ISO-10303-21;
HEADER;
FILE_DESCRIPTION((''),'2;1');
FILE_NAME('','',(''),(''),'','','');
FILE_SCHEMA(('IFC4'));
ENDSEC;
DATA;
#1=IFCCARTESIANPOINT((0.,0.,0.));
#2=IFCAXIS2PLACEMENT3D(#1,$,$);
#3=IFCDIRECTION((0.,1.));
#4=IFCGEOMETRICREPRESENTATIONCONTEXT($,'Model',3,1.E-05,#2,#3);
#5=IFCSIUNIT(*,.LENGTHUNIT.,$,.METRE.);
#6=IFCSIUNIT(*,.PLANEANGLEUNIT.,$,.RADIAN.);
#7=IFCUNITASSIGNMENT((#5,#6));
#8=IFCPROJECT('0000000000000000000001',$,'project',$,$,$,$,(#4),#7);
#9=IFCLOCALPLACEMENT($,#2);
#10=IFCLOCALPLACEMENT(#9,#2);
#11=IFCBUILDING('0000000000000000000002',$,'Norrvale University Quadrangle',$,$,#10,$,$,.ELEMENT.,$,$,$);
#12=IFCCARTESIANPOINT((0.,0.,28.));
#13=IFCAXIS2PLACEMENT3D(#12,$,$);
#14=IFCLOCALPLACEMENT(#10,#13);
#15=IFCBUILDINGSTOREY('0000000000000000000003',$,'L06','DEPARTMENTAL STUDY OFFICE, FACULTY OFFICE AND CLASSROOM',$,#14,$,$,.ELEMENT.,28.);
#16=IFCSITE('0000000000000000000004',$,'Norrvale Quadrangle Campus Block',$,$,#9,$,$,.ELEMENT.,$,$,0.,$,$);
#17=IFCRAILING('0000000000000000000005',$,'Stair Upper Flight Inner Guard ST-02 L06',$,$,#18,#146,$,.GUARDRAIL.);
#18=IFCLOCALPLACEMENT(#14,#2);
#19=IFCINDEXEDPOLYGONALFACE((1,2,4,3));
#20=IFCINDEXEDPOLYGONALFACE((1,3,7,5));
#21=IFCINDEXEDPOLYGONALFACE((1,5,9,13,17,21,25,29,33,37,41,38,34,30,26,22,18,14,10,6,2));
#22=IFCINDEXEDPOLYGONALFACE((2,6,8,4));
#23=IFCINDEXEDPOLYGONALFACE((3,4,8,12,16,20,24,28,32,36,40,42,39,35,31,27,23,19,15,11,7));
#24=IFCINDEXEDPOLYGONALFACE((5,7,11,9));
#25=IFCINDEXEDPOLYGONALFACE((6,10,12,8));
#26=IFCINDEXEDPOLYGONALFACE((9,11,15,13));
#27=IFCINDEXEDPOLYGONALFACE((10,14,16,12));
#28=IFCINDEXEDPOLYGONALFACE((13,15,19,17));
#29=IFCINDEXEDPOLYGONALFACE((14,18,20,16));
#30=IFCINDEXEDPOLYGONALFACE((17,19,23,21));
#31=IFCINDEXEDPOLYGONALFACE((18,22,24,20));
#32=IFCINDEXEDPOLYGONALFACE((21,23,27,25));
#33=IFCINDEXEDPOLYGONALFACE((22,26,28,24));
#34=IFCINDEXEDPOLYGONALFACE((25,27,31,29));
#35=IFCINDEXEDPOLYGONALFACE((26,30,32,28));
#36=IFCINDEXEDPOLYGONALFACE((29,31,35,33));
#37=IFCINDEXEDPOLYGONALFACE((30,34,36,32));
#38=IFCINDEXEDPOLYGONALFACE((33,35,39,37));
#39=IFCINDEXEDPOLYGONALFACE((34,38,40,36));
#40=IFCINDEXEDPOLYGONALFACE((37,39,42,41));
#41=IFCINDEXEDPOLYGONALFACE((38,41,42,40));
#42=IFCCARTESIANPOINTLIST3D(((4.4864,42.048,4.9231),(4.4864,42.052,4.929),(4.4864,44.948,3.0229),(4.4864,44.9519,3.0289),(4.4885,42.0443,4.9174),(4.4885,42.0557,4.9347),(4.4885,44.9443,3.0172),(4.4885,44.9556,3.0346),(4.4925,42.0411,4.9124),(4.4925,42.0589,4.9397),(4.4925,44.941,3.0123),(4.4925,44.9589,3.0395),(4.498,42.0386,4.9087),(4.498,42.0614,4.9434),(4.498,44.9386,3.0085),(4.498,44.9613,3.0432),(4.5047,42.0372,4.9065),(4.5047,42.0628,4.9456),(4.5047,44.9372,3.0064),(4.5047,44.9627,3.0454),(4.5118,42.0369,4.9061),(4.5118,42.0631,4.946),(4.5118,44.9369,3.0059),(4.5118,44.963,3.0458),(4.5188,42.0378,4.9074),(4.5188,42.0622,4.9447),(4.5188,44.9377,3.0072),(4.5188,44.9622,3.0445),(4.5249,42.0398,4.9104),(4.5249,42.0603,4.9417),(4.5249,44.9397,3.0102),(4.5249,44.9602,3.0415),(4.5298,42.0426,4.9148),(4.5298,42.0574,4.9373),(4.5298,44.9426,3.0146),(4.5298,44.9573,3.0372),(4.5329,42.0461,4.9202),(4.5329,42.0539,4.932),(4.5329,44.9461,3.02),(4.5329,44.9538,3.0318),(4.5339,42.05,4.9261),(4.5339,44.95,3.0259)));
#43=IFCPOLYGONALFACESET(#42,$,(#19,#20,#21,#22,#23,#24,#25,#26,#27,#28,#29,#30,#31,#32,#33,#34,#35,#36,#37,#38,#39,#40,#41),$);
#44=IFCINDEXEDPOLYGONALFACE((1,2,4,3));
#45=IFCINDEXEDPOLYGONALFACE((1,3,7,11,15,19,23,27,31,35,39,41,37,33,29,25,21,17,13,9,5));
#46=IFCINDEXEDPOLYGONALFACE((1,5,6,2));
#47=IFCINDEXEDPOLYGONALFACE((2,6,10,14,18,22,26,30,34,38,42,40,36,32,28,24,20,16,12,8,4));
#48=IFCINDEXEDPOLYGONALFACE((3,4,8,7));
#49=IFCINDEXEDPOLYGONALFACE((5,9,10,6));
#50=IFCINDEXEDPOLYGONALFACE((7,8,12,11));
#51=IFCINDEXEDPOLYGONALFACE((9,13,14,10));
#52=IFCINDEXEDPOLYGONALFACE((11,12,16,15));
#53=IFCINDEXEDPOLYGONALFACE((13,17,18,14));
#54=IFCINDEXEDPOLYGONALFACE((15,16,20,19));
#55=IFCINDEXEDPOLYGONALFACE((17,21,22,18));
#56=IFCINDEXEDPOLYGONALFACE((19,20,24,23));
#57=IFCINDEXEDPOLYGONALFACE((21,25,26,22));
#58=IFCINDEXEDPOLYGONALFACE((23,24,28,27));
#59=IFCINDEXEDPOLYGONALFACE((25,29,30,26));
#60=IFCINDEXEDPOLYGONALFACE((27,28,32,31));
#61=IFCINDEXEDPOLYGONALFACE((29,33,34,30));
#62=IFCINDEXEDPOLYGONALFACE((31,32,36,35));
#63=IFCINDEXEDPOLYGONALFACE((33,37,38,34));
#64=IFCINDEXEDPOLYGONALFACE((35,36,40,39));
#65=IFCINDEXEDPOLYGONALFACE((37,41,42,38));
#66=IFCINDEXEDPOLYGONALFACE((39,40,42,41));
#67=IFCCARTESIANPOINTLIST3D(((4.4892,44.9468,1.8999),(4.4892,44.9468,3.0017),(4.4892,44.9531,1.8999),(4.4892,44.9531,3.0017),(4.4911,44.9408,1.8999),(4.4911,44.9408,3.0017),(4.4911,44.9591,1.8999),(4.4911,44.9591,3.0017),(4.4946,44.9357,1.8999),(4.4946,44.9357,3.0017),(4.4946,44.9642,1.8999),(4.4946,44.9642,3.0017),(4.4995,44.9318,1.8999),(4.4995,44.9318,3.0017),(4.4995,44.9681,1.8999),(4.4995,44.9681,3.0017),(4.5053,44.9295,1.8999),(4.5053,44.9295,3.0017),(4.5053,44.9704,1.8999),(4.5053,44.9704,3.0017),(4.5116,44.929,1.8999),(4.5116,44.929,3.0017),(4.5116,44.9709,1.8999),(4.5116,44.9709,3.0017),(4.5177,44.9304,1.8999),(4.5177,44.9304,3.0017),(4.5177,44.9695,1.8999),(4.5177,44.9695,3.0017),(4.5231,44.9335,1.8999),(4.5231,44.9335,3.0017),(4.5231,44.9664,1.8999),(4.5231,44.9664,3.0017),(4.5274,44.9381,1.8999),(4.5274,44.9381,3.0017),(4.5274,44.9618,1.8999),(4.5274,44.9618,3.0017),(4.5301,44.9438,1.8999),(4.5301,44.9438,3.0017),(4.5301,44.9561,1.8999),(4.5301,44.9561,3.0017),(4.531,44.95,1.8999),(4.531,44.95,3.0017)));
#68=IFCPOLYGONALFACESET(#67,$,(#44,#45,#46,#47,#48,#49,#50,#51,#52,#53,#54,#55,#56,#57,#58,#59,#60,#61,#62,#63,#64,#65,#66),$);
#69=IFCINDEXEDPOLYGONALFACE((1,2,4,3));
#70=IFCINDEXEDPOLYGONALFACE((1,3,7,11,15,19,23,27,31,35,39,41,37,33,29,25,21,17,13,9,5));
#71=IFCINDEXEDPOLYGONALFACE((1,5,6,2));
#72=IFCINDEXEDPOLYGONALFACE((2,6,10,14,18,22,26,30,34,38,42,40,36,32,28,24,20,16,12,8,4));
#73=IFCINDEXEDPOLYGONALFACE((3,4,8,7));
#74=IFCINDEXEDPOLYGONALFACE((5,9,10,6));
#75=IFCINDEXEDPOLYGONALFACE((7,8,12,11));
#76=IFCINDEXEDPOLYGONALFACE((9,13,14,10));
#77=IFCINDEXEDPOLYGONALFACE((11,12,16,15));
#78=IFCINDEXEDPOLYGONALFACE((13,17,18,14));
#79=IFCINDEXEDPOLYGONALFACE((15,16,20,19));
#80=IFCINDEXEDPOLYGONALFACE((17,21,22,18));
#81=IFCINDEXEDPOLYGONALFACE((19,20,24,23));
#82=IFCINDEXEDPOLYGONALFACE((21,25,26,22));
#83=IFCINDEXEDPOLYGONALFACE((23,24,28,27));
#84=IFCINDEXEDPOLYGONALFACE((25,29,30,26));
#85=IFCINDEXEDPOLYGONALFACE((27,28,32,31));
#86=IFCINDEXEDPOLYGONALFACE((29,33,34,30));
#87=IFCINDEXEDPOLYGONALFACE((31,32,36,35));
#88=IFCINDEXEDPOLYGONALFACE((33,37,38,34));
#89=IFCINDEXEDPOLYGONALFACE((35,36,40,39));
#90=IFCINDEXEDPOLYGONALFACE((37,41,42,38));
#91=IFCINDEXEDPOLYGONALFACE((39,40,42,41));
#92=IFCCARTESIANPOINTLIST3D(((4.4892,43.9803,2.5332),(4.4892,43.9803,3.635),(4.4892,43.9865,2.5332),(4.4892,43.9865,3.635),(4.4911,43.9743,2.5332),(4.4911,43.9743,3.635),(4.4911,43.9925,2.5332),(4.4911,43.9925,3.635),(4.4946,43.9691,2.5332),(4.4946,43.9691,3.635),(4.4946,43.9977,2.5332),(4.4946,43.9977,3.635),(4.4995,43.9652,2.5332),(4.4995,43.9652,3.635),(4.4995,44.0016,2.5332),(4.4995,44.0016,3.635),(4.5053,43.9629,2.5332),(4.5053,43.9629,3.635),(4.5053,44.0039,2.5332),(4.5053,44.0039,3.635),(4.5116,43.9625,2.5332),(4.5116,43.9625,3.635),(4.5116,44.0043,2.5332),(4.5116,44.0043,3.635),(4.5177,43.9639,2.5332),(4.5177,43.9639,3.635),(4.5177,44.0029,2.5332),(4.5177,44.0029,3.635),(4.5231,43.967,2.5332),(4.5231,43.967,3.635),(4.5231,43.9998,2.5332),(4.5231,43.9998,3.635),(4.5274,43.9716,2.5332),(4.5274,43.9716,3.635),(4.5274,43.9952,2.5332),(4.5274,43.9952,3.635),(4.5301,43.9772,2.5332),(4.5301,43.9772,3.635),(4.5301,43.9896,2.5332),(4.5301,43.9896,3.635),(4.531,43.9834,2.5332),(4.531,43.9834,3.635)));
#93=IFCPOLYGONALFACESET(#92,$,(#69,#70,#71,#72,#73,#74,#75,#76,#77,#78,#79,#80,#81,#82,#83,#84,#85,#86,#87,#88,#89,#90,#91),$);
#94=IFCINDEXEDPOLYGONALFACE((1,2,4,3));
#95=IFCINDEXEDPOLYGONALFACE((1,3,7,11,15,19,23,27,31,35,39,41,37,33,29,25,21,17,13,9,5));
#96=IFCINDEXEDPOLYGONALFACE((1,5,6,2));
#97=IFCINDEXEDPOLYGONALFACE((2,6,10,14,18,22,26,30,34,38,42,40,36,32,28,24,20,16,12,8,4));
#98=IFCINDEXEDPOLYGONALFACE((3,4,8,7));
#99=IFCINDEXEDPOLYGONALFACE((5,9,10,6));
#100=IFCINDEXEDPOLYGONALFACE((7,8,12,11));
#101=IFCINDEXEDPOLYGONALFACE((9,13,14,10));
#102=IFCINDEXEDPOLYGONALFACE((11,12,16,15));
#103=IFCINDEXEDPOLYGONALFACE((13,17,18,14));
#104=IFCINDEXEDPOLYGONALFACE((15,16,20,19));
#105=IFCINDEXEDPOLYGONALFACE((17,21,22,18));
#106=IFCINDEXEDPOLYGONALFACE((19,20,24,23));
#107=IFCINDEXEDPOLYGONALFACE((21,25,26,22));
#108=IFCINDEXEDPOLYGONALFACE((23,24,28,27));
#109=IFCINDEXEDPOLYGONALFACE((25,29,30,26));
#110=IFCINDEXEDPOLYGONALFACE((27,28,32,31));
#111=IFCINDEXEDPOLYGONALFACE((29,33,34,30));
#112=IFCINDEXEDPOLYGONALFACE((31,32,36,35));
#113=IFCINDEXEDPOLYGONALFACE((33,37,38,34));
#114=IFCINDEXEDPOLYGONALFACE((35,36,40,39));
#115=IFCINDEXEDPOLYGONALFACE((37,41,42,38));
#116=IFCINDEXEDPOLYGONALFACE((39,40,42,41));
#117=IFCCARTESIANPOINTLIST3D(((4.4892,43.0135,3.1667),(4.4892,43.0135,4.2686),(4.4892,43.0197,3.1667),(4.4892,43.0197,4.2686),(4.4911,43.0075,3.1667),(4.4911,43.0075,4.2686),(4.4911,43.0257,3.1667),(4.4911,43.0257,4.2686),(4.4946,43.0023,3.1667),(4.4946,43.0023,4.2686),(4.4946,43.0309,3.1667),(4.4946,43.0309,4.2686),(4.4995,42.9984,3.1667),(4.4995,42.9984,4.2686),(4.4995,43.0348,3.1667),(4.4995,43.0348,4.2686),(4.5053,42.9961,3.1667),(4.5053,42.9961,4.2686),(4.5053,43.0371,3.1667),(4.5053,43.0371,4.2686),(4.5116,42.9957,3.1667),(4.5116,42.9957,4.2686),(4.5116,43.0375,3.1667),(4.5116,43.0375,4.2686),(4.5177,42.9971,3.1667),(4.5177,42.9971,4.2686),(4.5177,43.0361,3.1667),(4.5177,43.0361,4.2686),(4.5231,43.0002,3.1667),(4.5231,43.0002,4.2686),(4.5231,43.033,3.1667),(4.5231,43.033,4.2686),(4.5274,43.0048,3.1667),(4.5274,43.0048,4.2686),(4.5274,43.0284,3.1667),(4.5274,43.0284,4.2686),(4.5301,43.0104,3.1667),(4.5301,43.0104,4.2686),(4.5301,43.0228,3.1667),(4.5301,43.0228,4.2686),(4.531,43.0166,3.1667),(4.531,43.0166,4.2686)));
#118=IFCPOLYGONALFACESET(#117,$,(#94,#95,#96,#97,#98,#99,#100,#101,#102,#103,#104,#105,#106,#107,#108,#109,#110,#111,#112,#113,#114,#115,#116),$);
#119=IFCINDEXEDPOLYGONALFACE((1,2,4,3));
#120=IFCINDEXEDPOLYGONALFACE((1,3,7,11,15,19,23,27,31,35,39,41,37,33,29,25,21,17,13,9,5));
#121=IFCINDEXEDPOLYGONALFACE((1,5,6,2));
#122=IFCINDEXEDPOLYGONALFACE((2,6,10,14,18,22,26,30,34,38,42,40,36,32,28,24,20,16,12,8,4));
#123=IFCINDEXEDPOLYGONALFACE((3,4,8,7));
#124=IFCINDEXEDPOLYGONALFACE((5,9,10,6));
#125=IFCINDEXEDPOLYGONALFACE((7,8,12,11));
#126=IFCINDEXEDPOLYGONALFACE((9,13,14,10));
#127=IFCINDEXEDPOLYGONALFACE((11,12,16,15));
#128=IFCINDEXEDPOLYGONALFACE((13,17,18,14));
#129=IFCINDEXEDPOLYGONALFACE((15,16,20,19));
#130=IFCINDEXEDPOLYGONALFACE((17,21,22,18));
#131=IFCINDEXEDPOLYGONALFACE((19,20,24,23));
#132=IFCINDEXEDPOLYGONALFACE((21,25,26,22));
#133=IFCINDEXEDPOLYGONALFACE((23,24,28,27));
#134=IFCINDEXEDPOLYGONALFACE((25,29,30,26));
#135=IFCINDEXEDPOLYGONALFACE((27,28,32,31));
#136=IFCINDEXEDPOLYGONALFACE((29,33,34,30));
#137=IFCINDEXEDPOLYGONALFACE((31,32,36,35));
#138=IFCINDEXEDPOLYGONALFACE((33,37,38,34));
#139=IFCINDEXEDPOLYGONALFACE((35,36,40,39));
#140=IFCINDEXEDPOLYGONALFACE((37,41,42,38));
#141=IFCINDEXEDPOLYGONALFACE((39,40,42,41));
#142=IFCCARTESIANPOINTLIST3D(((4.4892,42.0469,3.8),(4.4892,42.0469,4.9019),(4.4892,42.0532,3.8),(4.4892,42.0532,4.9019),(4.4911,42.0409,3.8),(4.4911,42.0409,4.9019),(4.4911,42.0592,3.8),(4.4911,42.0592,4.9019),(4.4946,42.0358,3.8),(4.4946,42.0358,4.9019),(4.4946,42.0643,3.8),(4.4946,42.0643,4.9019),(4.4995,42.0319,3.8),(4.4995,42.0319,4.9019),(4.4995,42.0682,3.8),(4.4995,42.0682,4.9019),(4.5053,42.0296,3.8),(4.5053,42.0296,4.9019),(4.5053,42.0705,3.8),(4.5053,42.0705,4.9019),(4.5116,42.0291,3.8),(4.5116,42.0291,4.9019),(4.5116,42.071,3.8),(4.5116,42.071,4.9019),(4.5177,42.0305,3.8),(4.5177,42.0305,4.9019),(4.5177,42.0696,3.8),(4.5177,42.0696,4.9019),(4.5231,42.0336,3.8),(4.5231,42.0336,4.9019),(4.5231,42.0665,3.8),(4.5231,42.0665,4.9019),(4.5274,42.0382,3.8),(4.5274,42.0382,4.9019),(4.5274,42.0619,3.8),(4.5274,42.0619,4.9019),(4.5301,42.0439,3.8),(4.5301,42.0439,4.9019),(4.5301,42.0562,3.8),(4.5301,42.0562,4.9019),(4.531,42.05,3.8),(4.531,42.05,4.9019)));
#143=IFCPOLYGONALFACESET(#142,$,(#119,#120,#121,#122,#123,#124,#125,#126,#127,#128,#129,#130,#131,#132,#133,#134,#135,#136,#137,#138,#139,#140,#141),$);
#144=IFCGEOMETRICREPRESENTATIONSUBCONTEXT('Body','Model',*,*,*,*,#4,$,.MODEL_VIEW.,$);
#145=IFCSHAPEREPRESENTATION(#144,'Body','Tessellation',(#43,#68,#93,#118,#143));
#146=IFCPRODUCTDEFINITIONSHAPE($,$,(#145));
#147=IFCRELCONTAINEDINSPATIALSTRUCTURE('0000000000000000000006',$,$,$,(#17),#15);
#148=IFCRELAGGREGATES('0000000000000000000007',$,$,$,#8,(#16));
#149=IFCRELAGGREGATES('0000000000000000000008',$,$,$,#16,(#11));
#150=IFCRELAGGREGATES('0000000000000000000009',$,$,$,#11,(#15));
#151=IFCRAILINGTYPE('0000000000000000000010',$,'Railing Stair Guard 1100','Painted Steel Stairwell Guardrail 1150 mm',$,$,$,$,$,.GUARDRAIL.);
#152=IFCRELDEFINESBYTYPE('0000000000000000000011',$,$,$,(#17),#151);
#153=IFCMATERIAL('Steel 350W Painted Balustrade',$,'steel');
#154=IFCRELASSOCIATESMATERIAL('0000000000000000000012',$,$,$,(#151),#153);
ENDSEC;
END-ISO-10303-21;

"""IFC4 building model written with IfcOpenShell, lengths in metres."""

from ifc_helpers import new_model, si_unit, direction, frame, origin, origin_2d, place, context, subcontext, project, spatial, circle, extrude, material, type_object, element, save


model = new_model("IFC4")

# Units and contexts
model_context = context("Model", 3, precision=1e-05, world=origin(), true_north=direction((0.0, 1.0)))
body_context = subcontext(model_context, "Body", "Model", "MODEL_VIEW")
ifc_project = project(units=[si_unit("LENGTHUNIT", "METRE"), si_unit("PLANEANGLEUNIT", "RADIAN")], contexts=[model_context])

# Site, building, storey
site_placement = place(None, origin())
site = spatial("IfcSite", under=ifc_project, at=site_placement, Name="Norrvale Quadrangle Campus Block", CompositionType="ELEMENT", RefElevation=0.0)
building_placement = place(site_placement, origin())
building = spatial("IfcBuilding", under=site, at=building_placement, Name="Norrvale University Quadrangle", CompositionType="ELEMENT")
storey_placement = place(building_placement, frame((0.0, 0.0, 28.0)))
storey = spatial("IfcBuildingStorey", under=building, at=storey_placement, Name="L06", Description="DEPARTMENTAL STUDY OFFICE, FACULTY OFFICE AND CLASSROOM", CompositionType="ELEMENT", Elevation=28.0)

# Railing
ifc_material_1 = material(Name="Steel 350W Painted Balustrade", Category="steel")
railing_type_1 = type_object("IfcRailingType", Name="Railing Stair Guard 1100", Description="Painted Steel Stairwell Guardrail 1150 mm", PredefinedType="GUARDRAIL", material=ifc_material_1)
railing_1_placement = place(storey_placement, frame((4.51, 44.95, 1.8999)))
element("IfcRailing", 1, at=railing_1_placement, inside=storey, type_object=railing_type_1, Name="Stair Upper Flight Inner Guard ST-02 L06", PredefinedType="GUARDRAIL", context=body_context, shape_type="SweptSolid", body=[
    extrude(circle(Radius=0.0239, at=origin_2d()), frame((0.0, 0.0, 1.126), z_axis=(0.0, -0.836433, 0.548069), x_axis=(1.0, 0.0, 0.0)), (0.0, 0.0, 1.0), 3.467),
    extrude(circle(Radius=0.021, at=origin_2d()), origin(), (0.0, 0.0, 1.0), 1.1018),
    extrude(circle(Radius=0.021, at=origin_2d()), frame((0.0, -0.9666, 0.6333)), (0.0, 0.0, 1.0), 1.1018),
    extrude(circle(Radius=0.021, at=origin_2d()), frame((0.0, -1.9333, 1.2668)), (0.0, 0.0, 1.0), 1.1018),
    extrude(circle(Radius=0.021, at=origin_2d()), frame((0.0, -2.8999, 1.9001)), (0.0, 0.0, 1.0), 1.1018),
])

save(model, "model.ifc")
